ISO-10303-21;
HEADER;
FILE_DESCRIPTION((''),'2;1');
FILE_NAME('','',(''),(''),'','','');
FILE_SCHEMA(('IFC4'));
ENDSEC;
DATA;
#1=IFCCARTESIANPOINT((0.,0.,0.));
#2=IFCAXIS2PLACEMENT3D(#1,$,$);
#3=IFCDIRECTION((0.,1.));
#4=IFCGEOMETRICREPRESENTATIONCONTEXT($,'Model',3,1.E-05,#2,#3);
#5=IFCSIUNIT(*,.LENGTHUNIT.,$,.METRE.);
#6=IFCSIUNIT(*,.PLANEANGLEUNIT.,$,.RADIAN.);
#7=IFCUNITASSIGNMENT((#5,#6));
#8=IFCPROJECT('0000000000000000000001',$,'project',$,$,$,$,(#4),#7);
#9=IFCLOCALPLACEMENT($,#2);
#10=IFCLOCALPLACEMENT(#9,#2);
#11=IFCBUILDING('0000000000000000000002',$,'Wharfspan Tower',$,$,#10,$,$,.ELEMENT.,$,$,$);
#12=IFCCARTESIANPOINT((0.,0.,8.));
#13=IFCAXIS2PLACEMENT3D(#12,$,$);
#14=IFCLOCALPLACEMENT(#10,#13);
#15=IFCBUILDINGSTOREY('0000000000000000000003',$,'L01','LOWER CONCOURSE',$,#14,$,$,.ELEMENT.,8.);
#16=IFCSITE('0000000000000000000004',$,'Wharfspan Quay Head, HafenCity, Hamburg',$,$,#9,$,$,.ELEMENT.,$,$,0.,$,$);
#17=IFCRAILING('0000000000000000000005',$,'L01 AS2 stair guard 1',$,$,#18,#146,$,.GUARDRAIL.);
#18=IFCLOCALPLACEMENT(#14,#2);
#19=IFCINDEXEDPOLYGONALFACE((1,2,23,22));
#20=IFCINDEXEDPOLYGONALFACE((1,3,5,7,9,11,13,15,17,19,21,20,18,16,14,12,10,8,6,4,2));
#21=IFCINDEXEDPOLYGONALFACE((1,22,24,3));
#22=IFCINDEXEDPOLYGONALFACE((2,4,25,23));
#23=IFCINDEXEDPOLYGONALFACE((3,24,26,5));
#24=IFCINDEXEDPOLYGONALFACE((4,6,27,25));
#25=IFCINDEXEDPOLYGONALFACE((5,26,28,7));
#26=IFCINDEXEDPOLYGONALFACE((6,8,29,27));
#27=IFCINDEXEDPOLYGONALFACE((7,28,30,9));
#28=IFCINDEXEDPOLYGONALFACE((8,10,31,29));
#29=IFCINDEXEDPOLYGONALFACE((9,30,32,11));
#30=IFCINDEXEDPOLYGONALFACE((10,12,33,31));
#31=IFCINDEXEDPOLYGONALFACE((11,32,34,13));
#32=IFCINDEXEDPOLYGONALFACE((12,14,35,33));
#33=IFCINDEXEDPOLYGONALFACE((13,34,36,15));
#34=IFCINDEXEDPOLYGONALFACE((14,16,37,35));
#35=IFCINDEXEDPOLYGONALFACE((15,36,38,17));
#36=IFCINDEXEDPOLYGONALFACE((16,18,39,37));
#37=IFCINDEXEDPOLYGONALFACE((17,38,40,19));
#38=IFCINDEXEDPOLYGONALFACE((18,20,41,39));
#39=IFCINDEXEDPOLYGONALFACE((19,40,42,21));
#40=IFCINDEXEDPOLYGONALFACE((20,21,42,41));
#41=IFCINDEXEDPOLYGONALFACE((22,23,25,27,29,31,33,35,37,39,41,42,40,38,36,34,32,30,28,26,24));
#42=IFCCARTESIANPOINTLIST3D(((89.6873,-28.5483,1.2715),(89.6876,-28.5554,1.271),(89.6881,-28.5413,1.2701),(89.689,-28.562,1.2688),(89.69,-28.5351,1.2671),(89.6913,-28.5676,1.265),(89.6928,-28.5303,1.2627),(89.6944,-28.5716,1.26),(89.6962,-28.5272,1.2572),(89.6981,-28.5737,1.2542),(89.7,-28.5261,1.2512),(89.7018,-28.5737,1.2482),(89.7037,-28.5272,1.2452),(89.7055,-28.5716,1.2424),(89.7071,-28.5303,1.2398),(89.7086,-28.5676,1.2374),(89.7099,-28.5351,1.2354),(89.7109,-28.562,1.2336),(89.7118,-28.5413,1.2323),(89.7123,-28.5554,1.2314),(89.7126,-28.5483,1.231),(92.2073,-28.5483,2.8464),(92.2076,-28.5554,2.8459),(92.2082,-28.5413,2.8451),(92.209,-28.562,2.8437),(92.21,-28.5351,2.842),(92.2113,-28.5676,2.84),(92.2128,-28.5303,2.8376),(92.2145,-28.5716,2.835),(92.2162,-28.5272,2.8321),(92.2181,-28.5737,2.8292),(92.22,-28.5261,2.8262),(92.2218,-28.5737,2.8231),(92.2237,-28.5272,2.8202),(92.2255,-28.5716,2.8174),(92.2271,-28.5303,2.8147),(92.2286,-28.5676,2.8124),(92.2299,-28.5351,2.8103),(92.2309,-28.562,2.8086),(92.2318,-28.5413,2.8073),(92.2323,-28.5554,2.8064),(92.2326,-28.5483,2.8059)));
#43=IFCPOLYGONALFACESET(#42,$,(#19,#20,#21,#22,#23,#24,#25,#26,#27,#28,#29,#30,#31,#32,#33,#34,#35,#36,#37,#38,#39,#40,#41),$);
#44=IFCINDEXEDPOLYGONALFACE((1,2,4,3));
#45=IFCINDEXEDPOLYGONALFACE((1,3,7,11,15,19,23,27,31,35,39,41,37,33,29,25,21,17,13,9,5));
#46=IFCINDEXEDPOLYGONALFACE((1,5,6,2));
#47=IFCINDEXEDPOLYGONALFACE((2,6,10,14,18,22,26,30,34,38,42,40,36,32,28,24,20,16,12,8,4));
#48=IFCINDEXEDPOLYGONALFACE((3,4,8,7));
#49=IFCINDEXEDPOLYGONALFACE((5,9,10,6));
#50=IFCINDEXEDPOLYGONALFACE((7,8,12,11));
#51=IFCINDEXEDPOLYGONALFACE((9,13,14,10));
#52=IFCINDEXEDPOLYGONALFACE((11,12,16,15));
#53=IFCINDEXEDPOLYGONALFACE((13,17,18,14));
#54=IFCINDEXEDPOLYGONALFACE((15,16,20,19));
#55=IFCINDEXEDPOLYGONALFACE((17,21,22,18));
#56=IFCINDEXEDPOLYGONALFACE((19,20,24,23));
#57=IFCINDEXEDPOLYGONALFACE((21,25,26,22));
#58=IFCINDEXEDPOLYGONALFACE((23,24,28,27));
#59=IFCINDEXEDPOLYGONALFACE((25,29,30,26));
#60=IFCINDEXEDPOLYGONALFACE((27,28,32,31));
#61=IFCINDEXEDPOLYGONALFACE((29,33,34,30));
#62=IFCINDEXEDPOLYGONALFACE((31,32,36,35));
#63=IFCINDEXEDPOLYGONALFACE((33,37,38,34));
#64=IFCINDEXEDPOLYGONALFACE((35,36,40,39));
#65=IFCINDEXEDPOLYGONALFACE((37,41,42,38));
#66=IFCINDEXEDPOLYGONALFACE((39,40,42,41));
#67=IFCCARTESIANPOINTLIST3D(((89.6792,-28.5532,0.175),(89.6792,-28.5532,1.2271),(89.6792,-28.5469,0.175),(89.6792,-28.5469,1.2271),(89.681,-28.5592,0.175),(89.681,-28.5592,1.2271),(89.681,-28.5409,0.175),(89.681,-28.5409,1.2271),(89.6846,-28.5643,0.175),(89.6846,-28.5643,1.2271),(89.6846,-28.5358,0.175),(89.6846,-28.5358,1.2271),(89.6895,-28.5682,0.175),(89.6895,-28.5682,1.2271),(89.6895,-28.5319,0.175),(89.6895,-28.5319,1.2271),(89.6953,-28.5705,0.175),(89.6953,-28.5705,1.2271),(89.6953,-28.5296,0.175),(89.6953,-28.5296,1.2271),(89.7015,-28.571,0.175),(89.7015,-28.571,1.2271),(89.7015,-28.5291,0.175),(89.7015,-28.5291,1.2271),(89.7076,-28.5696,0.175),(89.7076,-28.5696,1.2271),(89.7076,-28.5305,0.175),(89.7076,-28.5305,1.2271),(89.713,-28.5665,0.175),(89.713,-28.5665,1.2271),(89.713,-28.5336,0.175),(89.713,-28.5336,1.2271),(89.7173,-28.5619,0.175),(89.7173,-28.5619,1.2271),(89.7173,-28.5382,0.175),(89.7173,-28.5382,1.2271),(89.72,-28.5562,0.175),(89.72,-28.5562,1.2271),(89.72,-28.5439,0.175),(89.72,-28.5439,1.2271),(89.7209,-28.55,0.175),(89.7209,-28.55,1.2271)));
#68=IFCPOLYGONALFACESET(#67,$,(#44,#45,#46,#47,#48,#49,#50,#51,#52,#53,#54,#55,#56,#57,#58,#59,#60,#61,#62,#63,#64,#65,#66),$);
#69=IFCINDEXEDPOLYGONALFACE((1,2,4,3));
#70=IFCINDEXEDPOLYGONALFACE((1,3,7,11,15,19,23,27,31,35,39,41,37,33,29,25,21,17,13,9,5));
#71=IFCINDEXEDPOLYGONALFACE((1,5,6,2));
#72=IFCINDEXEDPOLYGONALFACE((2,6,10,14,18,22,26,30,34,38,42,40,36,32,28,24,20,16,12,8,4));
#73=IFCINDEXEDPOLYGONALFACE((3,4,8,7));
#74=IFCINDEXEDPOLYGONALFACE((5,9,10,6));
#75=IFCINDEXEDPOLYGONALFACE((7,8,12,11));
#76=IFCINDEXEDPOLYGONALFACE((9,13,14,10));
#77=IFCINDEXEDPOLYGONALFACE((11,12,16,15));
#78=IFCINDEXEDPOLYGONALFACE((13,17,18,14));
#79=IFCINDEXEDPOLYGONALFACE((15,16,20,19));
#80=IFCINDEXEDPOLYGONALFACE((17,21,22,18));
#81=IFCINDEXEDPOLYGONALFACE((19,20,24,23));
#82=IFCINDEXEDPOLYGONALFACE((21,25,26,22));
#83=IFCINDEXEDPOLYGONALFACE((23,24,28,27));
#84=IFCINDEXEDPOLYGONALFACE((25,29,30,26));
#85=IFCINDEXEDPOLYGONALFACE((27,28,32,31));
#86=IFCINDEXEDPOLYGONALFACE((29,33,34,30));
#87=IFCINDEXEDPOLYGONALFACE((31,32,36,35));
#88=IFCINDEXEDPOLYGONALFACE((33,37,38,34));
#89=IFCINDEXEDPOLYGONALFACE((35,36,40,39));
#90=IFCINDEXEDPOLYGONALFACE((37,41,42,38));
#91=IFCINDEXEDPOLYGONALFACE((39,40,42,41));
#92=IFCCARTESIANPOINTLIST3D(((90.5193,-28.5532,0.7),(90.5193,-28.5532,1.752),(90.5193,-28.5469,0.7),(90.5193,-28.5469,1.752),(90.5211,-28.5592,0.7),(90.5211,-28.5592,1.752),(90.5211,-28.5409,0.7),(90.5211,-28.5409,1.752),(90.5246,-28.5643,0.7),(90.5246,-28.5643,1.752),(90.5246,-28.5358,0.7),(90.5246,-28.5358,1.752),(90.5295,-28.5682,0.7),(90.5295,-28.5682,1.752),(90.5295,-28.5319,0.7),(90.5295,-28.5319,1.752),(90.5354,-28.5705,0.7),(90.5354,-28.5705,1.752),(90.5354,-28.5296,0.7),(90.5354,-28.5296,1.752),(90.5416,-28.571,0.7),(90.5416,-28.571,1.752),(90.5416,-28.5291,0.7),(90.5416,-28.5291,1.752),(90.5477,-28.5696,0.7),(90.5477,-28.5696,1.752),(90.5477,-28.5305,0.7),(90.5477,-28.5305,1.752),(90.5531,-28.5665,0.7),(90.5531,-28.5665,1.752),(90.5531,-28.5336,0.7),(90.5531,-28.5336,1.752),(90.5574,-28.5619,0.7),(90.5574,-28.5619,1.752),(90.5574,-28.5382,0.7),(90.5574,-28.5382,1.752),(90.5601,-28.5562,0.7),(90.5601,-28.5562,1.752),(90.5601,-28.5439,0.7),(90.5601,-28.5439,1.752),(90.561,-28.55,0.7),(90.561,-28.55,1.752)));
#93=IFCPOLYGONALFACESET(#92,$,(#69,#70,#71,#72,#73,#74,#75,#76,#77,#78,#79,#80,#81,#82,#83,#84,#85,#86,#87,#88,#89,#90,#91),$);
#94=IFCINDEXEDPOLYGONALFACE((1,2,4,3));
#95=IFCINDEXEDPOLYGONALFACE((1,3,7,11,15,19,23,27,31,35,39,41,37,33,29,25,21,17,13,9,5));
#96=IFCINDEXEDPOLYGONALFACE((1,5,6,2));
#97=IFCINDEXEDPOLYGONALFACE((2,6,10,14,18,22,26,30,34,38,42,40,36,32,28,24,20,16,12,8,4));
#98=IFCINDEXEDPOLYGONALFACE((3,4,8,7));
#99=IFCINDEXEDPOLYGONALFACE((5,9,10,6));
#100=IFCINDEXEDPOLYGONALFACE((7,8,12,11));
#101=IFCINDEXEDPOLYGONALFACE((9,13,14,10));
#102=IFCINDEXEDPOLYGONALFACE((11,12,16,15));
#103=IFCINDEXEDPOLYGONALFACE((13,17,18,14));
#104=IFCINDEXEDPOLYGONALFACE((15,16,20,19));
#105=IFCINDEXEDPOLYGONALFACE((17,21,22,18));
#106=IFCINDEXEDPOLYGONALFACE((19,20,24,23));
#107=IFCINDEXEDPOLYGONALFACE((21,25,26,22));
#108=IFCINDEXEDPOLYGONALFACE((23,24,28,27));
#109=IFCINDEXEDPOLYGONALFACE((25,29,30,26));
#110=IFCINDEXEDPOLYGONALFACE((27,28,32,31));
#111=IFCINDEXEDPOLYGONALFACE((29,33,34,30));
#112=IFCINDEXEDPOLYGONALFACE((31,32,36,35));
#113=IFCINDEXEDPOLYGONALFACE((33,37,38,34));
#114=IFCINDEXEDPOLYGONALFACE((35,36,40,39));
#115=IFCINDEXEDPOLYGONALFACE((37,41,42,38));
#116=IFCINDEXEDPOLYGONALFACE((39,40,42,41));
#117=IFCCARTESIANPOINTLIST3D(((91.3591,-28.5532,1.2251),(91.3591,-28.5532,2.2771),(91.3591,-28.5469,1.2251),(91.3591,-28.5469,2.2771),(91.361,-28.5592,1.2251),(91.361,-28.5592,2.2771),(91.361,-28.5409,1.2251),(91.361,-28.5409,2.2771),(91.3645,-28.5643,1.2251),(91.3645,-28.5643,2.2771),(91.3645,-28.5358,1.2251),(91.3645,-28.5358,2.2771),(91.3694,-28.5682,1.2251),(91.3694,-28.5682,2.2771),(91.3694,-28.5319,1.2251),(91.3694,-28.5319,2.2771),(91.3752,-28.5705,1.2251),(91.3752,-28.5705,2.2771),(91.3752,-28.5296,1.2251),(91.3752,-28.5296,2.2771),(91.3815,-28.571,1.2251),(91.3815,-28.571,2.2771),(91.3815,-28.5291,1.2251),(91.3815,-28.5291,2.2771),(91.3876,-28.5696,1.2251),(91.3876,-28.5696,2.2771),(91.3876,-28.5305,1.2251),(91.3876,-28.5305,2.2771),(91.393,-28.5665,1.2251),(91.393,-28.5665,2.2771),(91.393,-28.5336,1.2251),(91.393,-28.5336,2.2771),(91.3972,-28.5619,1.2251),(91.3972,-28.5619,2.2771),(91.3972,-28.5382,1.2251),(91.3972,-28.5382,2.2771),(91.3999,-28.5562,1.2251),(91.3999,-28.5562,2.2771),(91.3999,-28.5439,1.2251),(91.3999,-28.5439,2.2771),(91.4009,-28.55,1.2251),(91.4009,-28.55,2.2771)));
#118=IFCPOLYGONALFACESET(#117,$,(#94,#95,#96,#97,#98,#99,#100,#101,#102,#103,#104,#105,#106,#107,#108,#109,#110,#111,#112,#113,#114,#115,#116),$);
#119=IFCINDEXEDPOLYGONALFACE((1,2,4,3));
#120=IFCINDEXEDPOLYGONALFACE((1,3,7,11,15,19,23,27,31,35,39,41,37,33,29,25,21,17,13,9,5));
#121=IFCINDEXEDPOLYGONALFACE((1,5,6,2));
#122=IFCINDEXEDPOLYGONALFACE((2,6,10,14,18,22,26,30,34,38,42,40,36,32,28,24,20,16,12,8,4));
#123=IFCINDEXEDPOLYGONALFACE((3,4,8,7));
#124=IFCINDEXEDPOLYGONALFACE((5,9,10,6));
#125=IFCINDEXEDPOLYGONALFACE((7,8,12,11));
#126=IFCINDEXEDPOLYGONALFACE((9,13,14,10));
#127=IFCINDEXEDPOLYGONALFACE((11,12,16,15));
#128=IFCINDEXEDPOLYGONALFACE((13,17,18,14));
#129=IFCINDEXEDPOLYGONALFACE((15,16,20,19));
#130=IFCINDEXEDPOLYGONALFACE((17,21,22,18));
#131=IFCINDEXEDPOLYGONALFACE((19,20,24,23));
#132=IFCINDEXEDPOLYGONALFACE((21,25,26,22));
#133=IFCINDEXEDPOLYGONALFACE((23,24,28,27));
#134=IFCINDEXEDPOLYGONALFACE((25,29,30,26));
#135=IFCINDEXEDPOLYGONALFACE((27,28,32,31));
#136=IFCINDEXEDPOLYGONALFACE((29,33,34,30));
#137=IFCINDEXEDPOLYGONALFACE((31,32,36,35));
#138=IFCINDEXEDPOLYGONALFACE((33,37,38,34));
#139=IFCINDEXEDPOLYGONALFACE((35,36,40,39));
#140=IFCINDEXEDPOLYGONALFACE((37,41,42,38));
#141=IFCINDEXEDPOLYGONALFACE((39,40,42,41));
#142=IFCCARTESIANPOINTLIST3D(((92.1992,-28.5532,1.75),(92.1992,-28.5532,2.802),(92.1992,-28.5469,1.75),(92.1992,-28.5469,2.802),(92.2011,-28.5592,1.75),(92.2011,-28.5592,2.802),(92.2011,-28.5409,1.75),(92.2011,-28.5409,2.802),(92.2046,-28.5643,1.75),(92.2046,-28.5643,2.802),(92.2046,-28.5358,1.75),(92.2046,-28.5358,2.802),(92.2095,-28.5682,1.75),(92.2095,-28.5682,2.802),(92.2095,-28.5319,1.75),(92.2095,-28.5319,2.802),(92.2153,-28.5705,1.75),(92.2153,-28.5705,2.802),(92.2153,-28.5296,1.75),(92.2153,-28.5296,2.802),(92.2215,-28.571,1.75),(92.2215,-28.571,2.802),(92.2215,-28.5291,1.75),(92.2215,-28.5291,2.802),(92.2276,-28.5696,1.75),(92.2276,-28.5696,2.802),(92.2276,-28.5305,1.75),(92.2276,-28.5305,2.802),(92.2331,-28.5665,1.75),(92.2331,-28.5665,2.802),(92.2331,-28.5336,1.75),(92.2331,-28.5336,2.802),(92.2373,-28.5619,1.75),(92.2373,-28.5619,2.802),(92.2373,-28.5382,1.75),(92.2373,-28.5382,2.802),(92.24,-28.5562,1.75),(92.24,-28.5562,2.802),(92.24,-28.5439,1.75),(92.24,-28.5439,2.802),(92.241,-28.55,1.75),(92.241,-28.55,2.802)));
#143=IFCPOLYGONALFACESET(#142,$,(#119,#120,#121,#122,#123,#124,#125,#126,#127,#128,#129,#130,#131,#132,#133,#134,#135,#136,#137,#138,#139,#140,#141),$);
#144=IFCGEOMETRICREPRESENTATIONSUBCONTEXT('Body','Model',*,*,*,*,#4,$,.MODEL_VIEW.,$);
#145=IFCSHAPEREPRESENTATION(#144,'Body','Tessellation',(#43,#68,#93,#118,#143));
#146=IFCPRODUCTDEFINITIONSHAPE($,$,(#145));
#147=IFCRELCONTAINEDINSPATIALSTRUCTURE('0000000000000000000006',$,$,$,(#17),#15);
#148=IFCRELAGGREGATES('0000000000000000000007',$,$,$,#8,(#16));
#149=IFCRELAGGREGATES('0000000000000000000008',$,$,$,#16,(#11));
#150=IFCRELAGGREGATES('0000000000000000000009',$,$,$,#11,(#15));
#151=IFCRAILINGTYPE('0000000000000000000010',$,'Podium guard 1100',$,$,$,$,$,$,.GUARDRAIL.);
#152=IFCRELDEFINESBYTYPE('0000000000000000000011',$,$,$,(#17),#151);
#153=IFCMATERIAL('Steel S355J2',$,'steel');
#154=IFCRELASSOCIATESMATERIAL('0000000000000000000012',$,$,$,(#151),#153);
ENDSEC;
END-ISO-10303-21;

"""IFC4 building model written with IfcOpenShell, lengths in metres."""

from ifc_helpers import new_model, si_unit, direction, frame, origin, origin_2d, place, context, subcontext, project, spatial, circle, extrude, material, type_object, element, save


model = new_model("IFC4")

# Units and contexts
model_context = context("Model", 3, precision=1e-05, world=origin(), true_north=direction((0.0, 1.0)))
body_context = subcontext(model_context, "Body", "Model", "MODEL_VIEW")
ifc_project = project(units=[si_unit("LENGTHUNIT", "METRE"), si_unit("PLANEANGLEUNIT", "RADIAN")], contexts=[model_context])

# Site, building, storey
site_placement = place(None, origin())
site = spatial("IfcSite", under=ifc_project, at=site_placement, Name="Wharfspan Quay Head, HafenCity, Hamburg", CompositionType="ELEMENT", RefElevation=0.0)
building_placement = place(site_placement, origin())
building = spatial("IfcBuilding", under=site, at=building_placement, Name="Wharfspan Tower", CompositionType="ELEMENT")
storey_placement = place(building_placement, frame((0.0, 0.0, 8.0)))
storey = spatial("IfcBuildingStorey", under=building, at=storey_placement, Name="L01", Description="LOWER CONCOURSE", CompositionType="ELEMENT", Elevation=8.0)

# Railing
ifc_material_1 = material(Name="Steel S355J2", Category="steel")
railing_type_1 = type_object("IfcRailingType", Name="Podium guard 1100", PredefinedType="GUARDRAIL", material=ifc_material_1)
railing_1_placement = place(storey_placement, frame((89.7, -28.55, 0.175)))
element("IfcRailing", 1, at=railing_1_placement, inside=storey, type_object=railing_type_1, Name="L01 AS2 stair guard 1", PredefinedType="GUARDRAIL", context=body_context, shape_type="SweptSolid", body=[
    extrude(circle(Radius=0.0239, at=origin_2d()), frame((0.0, 0.0, 1.0762), z_axis=(0.848008, 0.0, 0.529984), x_axis=(0.0, 1.0, 0.0)), (0.0, 0.0, 1.0), 2.9717),
    extrude(circle(Radius=0.021, at=origin_2d()), origin(), (0.0, 0.0, 1.0), 1.052),
    extrude(circle(Radius=0.021, at=origin_2d()), frame((0.8401, 0.0, 0.5249)), (0.0, 0.0, 1.0), 1.052),
    extrude(circle(Radius=0.021, at=origin_2d()), frame((1.6799, 0.0, 1.05)), (0.0, 0.0, 1.0), 1.052),
    extrude(circle(Radius=0.021, at=origin_2d()), frame((2.52, 0.0, 1.575)), (0.0, 0.0, 1.0), 1.052),
])

save(model, "model.ifc")
